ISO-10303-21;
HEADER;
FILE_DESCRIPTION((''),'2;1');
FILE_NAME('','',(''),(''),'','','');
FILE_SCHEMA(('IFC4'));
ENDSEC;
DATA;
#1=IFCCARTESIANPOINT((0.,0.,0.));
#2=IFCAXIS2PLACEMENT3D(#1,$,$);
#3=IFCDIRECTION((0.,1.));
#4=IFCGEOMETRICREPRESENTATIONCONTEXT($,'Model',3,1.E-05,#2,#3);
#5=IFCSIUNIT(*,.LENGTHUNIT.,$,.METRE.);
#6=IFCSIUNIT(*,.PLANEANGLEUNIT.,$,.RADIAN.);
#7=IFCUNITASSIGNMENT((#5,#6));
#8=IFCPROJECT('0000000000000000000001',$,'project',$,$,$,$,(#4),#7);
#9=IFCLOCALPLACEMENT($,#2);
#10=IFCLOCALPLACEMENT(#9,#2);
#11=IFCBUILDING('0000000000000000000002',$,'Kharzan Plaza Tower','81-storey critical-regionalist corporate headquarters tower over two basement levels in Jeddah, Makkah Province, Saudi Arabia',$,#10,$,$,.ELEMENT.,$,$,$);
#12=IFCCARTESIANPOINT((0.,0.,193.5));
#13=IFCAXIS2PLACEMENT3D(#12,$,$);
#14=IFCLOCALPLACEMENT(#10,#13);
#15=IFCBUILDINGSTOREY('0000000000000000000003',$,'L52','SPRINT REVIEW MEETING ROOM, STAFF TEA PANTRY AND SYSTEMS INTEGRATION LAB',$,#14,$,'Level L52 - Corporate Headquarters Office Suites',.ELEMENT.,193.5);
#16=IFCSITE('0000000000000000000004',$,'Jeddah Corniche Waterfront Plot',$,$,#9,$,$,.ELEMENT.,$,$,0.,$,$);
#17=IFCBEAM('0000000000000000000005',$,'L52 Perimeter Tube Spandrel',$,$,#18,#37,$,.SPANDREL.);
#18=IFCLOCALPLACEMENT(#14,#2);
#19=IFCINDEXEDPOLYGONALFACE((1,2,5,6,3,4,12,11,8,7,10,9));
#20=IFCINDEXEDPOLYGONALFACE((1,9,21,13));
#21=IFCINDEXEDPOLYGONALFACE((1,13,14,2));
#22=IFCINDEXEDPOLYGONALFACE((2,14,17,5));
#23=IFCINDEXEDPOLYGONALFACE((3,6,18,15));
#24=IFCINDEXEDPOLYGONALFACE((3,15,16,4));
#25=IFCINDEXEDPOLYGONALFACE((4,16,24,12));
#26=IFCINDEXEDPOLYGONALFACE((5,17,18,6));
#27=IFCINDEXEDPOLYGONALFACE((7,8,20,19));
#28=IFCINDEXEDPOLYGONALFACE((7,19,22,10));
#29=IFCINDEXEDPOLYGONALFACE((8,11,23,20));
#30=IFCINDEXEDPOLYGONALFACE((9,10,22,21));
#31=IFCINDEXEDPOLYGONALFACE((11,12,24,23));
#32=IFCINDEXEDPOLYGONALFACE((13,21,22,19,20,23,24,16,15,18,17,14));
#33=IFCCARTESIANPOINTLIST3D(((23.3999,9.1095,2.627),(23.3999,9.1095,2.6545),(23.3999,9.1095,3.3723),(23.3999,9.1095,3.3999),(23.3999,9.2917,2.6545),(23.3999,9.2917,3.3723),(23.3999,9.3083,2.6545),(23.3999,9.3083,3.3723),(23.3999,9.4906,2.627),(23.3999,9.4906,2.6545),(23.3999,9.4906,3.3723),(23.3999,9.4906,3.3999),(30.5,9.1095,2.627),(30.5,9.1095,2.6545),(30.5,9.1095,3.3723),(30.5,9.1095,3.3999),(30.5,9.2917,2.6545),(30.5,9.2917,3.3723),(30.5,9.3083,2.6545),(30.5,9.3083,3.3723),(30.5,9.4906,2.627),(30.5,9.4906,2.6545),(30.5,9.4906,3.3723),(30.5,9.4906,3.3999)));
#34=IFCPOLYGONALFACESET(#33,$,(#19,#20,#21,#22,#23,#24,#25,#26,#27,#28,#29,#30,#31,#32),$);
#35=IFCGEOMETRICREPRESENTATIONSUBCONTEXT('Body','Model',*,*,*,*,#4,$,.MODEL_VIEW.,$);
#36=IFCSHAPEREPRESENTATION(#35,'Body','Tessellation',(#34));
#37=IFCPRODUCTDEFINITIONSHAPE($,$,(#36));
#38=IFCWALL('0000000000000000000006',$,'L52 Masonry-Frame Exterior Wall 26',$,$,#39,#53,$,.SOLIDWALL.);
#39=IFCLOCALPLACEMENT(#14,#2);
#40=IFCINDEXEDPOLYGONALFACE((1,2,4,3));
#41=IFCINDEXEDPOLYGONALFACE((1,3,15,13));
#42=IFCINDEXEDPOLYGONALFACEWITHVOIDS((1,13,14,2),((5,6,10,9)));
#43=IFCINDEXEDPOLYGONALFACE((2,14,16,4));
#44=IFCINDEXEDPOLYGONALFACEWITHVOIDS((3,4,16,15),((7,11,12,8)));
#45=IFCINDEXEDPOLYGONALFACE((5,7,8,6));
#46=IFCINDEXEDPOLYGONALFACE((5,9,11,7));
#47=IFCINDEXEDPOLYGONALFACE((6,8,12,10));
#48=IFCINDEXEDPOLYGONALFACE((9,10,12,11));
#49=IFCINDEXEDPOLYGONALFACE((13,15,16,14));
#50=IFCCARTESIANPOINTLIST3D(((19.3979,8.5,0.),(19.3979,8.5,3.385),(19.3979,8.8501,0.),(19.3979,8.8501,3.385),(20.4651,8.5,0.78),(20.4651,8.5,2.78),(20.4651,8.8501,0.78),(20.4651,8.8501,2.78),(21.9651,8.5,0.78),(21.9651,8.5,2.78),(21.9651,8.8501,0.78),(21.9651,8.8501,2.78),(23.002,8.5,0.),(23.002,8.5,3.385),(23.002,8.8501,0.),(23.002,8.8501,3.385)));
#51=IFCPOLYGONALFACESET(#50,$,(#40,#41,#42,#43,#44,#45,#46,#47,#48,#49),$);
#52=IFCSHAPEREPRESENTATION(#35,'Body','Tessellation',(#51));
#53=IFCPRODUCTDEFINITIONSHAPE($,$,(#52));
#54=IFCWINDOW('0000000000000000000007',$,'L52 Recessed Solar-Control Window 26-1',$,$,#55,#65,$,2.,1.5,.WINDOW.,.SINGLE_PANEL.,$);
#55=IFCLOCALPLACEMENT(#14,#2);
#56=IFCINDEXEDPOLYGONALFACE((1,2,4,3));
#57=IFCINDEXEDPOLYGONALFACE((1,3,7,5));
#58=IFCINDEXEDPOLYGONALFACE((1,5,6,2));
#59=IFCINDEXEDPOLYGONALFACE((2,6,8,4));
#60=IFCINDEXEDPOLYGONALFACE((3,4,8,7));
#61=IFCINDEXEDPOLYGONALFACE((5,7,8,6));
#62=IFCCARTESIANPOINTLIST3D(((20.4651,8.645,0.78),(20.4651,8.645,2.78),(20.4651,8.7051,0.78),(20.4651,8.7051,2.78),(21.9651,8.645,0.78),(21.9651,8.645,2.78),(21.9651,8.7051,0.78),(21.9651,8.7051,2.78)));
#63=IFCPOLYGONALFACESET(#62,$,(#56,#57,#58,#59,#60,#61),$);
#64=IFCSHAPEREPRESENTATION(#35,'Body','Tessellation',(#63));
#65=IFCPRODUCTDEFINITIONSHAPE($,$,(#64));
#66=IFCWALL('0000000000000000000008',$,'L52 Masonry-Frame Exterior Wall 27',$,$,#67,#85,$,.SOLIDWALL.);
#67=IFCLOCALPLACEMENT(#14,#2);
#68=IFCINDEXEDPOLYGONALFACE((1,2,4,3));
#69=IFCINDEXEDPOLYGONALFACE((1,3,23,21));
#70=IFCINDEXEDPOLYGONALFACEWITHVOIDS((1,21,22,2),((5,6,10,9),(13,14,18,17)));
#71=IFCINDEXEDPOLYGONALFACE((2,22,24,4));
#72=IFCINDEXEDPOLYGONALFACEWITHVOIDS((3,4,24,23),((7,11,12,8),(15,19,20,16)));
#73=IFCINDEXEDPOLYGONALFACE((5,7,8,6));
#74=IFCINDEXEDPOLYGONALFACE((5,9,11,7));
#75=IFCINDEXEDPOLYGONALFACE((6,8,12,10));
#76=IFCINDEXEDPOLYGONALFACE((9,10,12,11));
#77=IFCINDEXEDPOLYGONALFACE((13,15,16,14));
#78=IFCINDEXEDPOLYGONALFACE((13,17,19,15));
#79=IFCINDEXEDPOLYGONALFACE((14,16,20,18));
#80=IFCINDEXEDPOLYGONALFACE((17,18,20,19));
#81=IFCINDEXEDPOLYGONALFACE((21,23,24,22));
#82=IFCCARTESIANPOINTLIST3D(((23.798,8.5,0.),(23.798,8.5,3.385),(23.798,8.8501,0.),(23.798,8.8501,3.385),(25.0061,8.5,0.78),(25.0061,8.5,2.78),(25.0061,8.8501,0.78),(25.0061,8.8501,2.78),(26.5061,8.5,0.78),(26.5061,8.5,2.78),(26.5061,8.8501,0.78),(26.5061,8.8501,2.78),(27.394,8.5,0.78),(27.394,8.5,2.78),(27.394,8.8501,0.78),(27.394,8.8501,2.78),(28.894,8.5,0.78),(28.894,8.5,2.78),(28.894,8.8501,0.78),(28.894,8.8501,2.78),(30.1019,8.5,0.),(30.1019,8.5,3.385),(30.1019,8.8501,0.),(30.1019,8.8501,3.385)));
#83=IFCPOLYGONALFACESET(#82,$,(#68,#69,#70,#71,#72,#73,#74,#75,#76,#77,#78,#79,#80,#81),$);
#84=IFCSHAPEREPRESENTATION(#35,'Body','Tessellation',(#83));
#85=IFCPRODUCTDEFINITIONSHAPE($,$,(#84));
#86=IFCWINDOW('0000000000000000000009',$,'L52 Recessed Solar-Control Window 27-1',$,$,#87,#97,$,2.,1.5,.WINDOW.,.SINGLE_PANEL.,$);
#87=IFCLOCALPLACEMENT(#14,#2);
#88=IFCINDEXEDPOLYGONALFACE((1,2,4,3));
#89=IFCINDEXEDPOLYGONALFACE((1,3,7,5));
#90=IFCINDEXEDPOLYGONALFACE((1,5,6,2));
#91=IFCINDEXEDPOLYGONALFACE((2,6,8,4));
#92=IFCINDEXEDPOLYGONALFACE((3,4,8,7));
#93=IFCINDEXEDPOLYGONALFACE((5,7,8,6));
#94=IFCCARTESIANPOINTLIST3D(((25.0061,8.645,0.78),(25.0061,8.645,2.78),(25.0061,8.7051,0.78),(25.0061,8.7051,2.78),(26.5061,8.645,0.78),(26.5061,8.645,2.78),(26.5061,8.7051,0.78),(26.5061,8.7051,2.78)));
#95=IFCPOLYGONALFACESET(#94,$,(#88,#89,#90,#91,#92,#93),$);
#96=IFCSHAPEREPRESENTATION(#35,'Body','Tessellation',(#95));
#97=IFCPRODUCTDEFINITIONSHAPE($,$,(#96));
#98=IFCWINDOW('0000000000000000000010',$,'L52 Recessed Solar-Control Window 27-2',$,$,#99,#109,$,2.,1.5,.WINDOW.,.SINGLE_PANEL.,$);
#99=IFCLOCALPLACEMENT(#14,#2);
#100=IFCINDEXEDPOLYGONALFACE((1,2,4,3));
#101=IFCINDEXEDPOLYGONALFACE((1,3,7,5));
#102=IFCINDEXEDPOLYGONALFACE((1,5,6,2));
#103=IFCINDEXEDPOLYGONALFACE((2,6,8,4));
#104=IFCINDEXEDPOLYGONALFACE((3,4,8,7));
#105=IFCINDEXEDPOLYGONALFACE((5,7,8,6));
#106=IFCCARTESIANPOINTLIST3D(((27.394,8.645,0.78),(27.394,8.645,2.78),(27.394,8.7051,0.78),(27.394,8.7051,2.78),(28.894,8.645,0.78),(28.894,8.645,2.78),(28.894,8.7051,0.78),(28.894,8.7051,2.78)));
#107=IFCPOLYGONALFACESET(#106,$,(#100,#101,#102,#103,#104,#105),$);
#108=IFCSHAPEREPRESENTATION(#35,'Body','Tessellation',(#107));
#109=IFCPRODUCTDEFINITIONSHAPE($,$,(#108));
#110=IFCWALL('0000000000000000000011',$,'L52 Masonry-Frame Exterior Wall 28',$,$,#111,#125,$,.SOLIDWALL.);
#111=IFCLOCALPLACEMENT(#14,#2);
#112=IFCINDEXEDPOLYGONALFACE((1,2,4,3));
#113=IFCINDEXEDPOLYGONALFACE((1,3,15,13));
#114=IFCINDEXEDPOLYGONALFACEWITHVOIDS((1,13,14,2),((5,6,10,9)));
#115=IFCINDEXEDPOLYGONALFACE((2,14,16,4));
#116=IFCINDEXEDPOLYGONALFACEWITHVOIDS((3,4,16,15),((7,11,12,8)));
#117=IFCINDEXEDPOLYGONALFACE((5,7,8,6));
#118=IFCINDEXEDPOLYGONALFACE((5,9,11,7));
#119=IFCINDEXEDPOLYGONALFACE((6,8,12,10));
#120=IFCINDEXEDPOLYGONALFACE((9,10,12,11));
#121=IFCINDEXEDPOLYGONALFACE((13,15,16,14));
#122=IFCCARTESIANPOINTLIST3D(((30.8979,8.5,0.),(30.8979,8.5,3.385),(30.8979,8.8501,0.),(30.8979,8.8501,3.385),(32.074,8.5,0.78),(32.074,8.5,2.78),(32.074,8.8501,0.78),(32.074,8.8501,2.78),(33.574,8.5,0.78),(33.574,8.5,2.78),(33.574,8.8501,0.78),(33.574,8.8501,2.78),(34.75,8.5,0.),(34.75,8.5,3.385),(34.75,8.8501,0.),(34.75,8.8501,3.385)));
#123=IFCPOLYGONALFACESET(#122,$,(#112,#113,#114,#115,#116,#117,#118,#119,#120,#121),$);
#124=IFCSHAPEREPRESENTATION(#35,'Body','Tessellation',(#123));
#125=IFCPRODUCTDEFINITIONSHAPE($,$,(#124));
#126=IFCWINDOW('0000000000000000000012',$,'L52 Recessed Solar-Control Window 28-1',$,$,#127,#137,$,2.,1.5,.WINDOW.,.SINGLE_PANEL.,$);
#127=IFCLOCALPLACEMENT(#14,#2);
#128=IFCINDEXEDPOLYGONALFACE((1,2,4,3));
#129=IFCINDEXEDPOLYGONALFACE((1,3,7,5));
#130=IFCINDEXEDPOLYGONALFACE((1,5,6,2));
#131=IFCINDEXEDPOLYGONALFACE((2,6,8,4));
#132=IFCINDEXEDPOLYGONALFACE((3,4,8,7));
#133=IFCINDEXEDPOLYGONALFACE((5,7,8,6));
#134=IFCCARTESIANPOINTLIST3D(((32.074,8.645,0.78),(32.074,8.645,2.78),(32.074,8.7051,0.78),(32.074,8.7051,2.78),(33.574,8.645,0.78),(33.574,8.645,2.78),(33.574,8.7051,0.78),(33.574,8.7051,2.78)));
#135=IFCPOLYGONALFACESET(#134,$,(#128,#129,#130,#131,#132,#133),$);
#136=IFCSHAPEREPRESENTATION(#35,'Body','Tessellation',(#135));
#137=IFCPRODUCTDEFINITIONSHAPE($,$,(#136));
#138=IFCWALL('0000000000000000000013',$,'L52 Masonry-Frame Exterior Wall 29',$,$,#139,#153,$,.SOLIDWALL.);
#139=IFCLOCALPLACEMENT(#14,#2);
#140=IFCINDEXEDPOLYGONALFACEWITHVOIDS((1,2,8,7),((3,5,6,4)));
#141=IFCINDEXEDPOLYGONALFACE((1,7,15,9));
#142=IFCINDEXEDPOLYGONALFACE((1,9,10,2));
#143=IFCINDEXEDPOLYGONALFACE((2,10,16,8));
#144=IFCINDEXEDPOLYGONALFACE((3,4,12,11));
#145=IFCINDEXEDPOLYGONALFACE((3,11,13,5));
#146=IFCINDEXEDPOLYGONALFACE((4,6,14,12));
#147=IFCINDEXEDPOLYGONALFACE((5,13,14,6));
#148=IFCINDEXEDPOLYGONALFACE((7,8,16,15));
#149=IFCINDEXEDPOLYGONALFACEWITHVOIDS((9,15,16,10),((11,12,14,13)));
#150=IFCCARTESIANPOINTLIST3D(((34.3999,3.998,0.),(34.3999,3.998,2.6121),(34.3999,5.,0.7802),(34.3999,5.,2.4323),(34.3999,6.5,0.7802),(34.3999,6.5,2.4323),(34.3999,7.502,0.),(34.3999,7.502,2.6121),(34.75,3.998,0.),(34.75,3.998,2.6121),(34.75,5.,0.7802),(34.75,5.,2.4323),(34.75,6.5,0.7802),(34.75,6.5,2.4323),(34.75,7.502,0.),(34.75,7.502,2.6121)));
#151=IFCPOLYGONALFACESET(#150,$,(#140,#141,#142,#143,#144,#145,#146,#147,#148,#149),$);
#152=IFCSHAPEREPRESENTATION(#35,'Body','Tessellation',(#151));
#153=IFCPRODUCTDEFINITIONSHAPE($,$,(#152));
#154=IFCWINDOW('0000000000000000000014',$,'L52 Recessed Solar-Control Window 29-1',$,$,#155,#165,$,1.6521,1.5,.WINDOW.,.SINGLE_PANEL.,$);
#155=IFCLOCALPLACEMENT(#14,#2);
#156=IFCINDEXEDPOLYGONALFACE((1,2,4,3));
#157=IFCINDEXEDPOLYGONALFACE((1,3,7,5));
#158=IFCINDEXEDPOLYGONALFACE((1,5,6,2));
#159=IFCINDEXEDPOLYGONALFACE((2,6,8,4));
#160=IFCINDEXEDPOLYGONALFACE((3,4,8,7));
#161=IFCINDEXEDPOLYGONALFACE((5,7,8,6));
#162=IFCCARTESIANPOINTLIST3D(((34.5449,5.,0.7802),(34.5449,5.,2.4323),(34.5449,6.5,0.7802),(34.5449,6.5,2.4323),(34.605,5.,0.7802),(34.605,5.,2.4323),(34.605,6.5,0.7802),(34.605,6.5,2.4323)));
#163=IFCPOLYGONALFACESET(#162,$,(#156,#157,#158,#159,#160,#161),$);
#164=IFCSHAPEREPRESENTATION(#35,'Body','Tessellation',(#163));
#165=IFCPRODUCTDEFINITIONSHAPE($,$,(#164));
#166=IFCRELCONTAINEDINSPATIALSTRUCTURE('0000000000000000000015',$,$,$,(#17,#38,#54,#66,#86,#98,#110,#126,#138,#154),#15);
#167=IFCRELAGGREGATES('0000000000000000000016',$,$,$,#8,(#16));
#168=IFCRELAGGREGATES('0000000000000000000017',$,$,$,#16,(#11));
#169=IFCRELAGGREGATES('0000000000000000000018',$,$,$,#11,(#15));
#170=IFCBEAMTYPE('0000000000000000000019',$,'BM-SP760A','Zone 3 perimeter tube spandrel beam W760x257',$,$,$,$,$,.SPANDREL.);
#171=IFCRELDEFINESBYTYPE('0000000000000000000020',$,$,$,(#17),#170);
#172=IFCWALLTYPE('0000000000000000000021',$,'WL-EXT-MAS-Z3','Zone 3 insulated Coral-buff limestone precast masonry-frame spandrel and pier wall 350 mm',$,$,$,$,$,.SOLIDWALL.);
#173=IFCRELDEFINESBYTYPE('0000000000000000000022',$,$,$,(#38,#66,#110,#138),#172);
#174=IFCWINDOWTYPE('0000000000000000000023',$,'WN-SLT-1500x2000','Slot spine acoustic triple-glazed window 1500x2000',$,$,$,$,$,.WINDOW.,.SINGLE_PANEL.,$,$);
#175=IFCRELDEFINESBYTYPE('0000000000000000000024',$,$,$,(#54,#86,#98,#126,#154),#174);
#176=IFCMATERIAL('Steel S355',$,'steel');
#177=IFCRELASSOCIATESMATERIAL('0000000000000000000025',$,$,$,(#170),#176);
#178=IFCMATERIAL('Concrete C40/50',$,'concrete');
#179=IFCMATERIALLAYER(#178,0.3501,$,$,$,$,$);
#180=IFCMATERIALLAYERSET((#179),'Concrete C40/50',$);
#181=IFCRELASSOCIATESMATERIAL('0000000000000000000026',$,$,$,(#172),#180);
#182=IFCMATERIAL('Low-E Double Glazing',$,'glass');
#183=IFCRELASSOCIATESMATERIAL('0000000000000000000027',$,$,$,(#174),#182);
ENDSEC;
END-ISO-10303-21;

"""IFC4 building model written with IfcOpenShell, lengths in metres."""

from ifc_helpers import new_model, si_unit, direction, frame, frame_2d, origin, origin_2d, place, context, subcontext, project, spatial, rectangle, i_section, extrude, source, transform, mapped, material, layer, layer_set, material_profile, profile_set, type_object, element, fill, save


model = new_model("IFC4")

# Units and contexts
model_context = context("Model", 3, precision=1e-05, world=origin(), true_north=direction((0.0, 1.0)))
body_context = subcontext(model_context, "Body", "Model", "MODEL_VIEW")
ifc_project = project(units=[si_unit("LENGTHUNIT", "METRE"), si_unit("PLANEANGLEUNIT", "RADIAN")], contexts=[model_context])

# Site, building, storey
site_placement = place(None, origin())
site = spatial("IfcSite", under=ifc_project, at=site_placement, Name="Jeddah Corniche Waterfront Plot", CompositionType="ELEMENT", RefElevation=0.0)
building_placement = place(site_placement, origin())
building = spatial("IfcBuilding", under=site, at=building_placement, Name="Kharzan Plaza Tower", Description="81-storey critical-regionalist corporate headquarters tower over two basement levels in Jeddah, Makkah Province, Saudi Arabia", CompositionType="ELEMENT")
storey_placement = place(building_placement, frame((0.0, 0.0, 193.5)))
storey = spatial("IfcBuildingStorey", under=building, at=storey_placement, Name="L52", Description="SPRINT REVIEW MEETING ROOM, STAFF TEA PANTRY AND SYSTEMS INTEGRATION LAB", LongName="Level L52 - Corporate Headquarters Office Suites", CompositionType="ELEMENT", Elevation=193.5)

# Beam
ifc_material_1 = material(Name="Steel S355", Category="steel")
ifc_material_profile_1 = material_profile(ifc_material_1, i_section(OverallWidth=0.3811, OverallDepth=0.7729, WebThickness=0.0166, FlangeThickness=0.0276, at=origin_2d()), Name="W760x257")
ifc_profile_set_1 = profile_set([ifc_material_profile_1], Name="Steel S355")
beam_type_1 = type_object("IfcBeamType", Name="BM-SP760A", Description="Zone 3 perimeter tube spandrel beam W760x257", PredefinedType="SPANDREL", material=ifc_profile_set_1)
shared_shape_1 = source(origin(), body_context, "Body", "SweptSolid", [
    extrude(i_section(OverallWidth=0.3811, OverallDepth=0.7729, WebThickness=0.0166, FlangeThickness=0.0276, at=origin_2d()), origin(), (0.0, 0.0, 1.0), 7.1001),
])
beam_1_placement = place(storey_placement, frame((23.3999, 9.3, 3.0134), z_axis=(1.0, 0.0, 0.0), x_axis=(0.0, 1.0, 0.0)))
element("IfcBeam", 1, at=beam_1_placement, inside=storey, type_object=beam_type_1, Name="L52 Perimeter Tube Spandrel", PredefinedType="SPANDREL", context=body_context, shape_type="MappedRepresentation", body=[
    mapped(shared_shape_1, transform((0.0, 0.0, 0.0), x_axis=(1.0, 0.0, 0.0), y_axis=(0.0, 1.0, 0.0), z_axis=(0.0, 0.0, 1.0))),
])

# Wall, opening, window
ifc_material_2 = material(Name="Concrete C40/50", Category="concrete")
ifc_layer_1 = layer(ifc_material_2, 0.3501)
ifc_layer_set_1 = layer_set([ifc_layer_1], Name="Concrete C40/50")
wall_type_1 = type_object("IfcWallType", Name="WL-EXT-MAS-Z3", Description="Zone 3 insulated Coral-buff limestone precast masonry-frame spandrel and pier wall 350 mm", PredefinedType="SOLIDWALL", material=ifc_layer_set_1)
wall_1_placement = place(storey_placement, frame((19.3979, 8.675, 0.0), z_axis=(0.0, 0.0, 1.0), x_axis=(1.0, 0.0, 0.0)))
wall_1 = element("IfcWall", 2, at=wall_1_placement, inside=storey, type_object=wall_type_1, Name="L52 Masonry-Frame Exterior Wall 26", PredefinedType="SOLIDWALL", context=body_context, shape_type="SweptSolid", body=[
    extrude(rectangle(XDim=3.604, YDim=0.3501, at=frame_2d((1.802, 0.0))), origin(), (0.0, 0.0, 1.0), 3.385),
])
opening_1_placement = place(wall_1_placement, frame((1.0671, 0.0, 0.78)))
opening_1 = element("IfcOpeningElement", 3, at=opening_1_placement, cuts=wall_1, PredefinedType="OPENING", context=body_context, shape_type="SweptSolid", body=[
    extrude(rectangle(XDim=1.5, YDim=2.0, at=frame_2d((0.75, 1.0))), frame((0.0, 0.1851, 0.0), z_axis=(0.0, -1.0, 0.0), x_axis=(1.0, 0.0, 0.0)), (0.0, 0.0, 1.0), 0.3701),
])
ifc_material_3 = material(Name="Low-E Double Glazing", Category="glass")
window_type = type_object("IfcWindowType", Name="WN-SLT-1500x2000", Description="Slot spine acoustic triple-glazed window 1500x2000", PartitioningType="SINGLE_PANEL", PredefinedType="WINDOW", material=ifc_material_3)
shared_shape_2 = source(origin(), body_context, "Body", "SweptSolid", [
    extrude(rectangle(XDim=1.5, YDim=2.0, at=frame_2d((0.75, 1.0))), frame((0.0, 0.03, 0.0), z_axis=(0.0, -1.0, 0.0), x_axis=(1.0, 0.0, 0.0)), (0.0, 0.0, 1.0), 0.0601),
])
window_1_placement = place(opening_1_placement, origin())
window_1 = element("IfcWindow", 4, at=window_1_placement, inside=storey, type_object=window_type, Name="L52 Recessed Solar-Control Window 26-1", OverallHeight=2.0, OverallWidth=1.5, PartitioningType="SINGLE_PANEL", PredefinedType="WINDOW", context=body_context, shape_type="MappedRepresentation", body=[
    mapped(shared_shape_2, transform((0.0, 0.0, 0.0), x_axis=(1.0, 0.0, 0.0), y_axis=(0.0, 1.0, 0.0), z_axis=(0.0, 0.0, 1.0))),
])
fill(opening_1, window_1)

# Wall, openings, windows
wall_2_placement = place(storey_placement, frame((23.7981, 8.675, 0.0), z_axis=(0.0, 0.0, 1.0), x_axis=(1.0, 0.0, 0.0)))
wall_2 = element("IfcWall", 5, at=wall_2_placement, inside=storey, type_object=wall_type_1, Name="L52 Masonry-Frame Exterior Wall 27", PredefinedType="SOLIDWALL", context=body_context, shape_type="SweptSolid", body=[
    extrude(rectangle(XDim=6.304, YDim=0.3501, at=frame_2d((3.1519, 0.0))), origin(), (0.0, 0.0, 1.0), 3.385),
])
opening_2_placement = place(wall_2_placement, frame((1.208, 0.0, 0.78)))
opening_2 = element("IfcOpeningElement", 6, at=opening_2_placement, cuts=wall_2, PredefinedType="OPENING", context=body_context, shape_type="SweptSolid", body=[
    extrude(rectangle(XDim=1.5, YDim=2.0, at=frame_2d((0.75, 1.0))), frame((0.0, 0.1851, 0.0), z_axis=(0.0, -1.0, 0.0), x_axis=(1.0, 0.0, 0.0)), (0.0, 0.0, 1.0), 0.3701),
])
opening_3_placement = place(wall_2_placement, frame((3.5959, 0.0, 0.78)))
opening_3 = element("IfcOpeningElement", 7, at=opening_3_placement, cuts=wall_2, PredefinedType="OPENING", context=body_context, shape_type="SweptSolid", body=[
    extrude(rectangle(XDim=1.5, YDim=2.0, at=frame_2d((0.75, 1.0))), frame((0.0, 0.1851, 0.0), z_axis=(0.0, -1.0, 0.0), x_axis=(1.0, 0.0, 0.0)), (0.0, 0.0, 1.0), 0.3701),
])
window_2_placement = place(opening_2_placement, origin())
window_2 = element("IfcWindow", 8, at=window_2_placement, inside=storey, type_object=window_type, Name="L52 Recessed Solar-Control Window 27-1", OverallHeight=2.0, OverallWidth=1.5, PartitioningType="SINGLE_PANEL", PredefinedType="WINDOW", context=body_context, shape_type="MappedRepresentation", body=[
    mapped(shared_shape_2, transform((0.0, 0.0, 0.0), x_axis=(1.0, 0.0, 0.0), y_axis=(0.0, 1.0, 0.0), z_axis=(0.0, 0.0, 1.0))),
])
fill(opening_2, window_2)
window_3_placement = place(opening_3_placement, origin())
window_3 = element("IfcWindow", 9, at=window_3_placement, inside=storey, type_object=window_type, Name="L52 Recessed Solar-Control Window 27-2", OverallHeight=2.0, OverallWidth=1.5, PartitioningType="SINGLE_PANEL", PredefinedType="WINDOW", context=body_context, shape_type="MappedRepresentation", body=[
    mapped(shared_shape_2, transform((0.0, 0.0, 0.0), x_axis=(1.0, 0.0, 0.0), y_axis=(0.0, 1.0, 0.0), z_axis=(0.0, 0.0, 1.0))),
])
fill(opening_3, window_3)

# Walls, openings, windows
wall_3_placement = place(storey_placement, frame((30.8979, 8.675, 0.0), z_axis=(0.0, 0.0, 1.0), x_axis=(1.0, 0.0, 0.0)))
wall_3 = element("IfcWall", 10, at=wall_3_placement, inside=storey, type_object=wall_type_1, Name="L52 Masonry-Frame Exterior Wall 28", PredefinedType="SOLIDWALL", context=body_context, shape_type="SweptSolid", body=[
    extrude(rectangle(XDim=3.8521, YDim=0.3501, at=frame_2d((1.926, 0.0))), origin(), (0.0, 0.0, 1.0), 3.385),
])
opening_4_placement = place(wall_3_placement, frame((1.176, 0.0, 0.78)))
opening_4 = element("IfcOpeningElement", 11, at=opening_4_placement, cuts=wall_3, PredefinedType="OPENING", context=body_context, shape_type="SweptSolid", body=[
    extrude(rectangle(XDim=1.5, YDim=2.0, at=frame_2d((0.75, 1.0))), frame((0.0, 0.1851, 0.0), z_axis=(0.0, -1.0, 0.0), x_axis=(1.0, 0.0, 0.0)), (0.0, 0.0, 1.0), 0.3701),
])
window_4_placement = place(opening_4_placement, origin())
window_4 = element("IfcWindow", 12, at=window_4_placement, inside=storey, type_object=window_type, Name="L52 Recessed Solar-Control Window 28-1", OverallHeight=2.0, OverallWidth=1.5, PartitioningType="SINGLE_PANEL", PredefinedType="WINDOW", context=body_context, shape_type="MappedRepresentation", body=[
    mapped(shared_shape_2, transform((0.0, 0.0, 0.0), x_axis=(1.0, 0.0, 0.0), y_axis=(0.0, 1.0, 0.0), z_axis=(0.0, 0.0, 1.0))),
])
fill(opening_4, window_4)
wall_4_placement = place(storey_placement, frame((34.575, 7.502, 0.0), z_axis=(0.0, 0.0, 1.0), x_axis=(0.0, -1.0, 0.0)))
wall_4 = element("IfcWall", 13, at=wall_4_placement, inside=storey, type_object=wall_type_1, Name="L52 Masonry-Frame Exterior Wall 29", PredefinedType="SOLIDWALL", context=body_context, shape_type="SweptSolid", body=[
    extrude(rectangle(XDim=3.5039, YDim=0.3501, at=frame_2d((1.752, 0.0))), origin(), (0.0, 0.0, 1.0), 2.6121),
])
opening_5_placement = place(wall_4_placement, frame((1.002, 0.0, 0.78)))
opening_5 = element("IfcOpeningElement", 14, at=opening_5_placement, cuts=wall_4, PredefinedType="OPENING", context=body_context, shape_type="SweptSolid", body=[
    extrude(rectangle(XDim=1.5, YDim=1.6521, at=frame_2d((0.75, 0.8262))), frame((0.0, 0.1851, 0.0), z_axis=(0.0, -1.0, 0.0), x_axis=(1.0, 0.0, 0.0)), (0.0, 0.0, 1.0), 0.3701),
])
shared_shape_3 = source(origin(), body_context, "Body", "SweptSolid", [
    extrude(rectangle(XDim=1.5, YDim=1.6521, at=frame_2d((0.75, 0.8262))), frame((0.0, 0.03, 0.0), z_axis=(0.0, -1.0, 0.0), x_axis=(1.0, 0.0, 0.0)), (0.0, 0.0, 1.0), 0.0601),
])
window_5_placement = place(opening_5_placement, origin())
window_5 = element("IfcWindow", 15, at=window_5_placement, inside=storey, type_object=window_type, Name="L52 Recessed Solar-Control Window 29-1", OverallHeight=1.6521, OverallWidth=1.5, PartitioningType="SINGLE_PANEL", PredefinedType="WINDOW", context=body_context, shape_type="MappedRepresentation", body=[
    mapped(shared_shape_3, transform((0.0, 0.0, 0.0), x_axis=(1.0, 0.0, 0.0), y_axis=(0.0, 1.0, 0.0), z_axis=(0.0, 0.0, 1.0))),
])
fill(opening_5, window_5)

save(model, "model.ifc")
